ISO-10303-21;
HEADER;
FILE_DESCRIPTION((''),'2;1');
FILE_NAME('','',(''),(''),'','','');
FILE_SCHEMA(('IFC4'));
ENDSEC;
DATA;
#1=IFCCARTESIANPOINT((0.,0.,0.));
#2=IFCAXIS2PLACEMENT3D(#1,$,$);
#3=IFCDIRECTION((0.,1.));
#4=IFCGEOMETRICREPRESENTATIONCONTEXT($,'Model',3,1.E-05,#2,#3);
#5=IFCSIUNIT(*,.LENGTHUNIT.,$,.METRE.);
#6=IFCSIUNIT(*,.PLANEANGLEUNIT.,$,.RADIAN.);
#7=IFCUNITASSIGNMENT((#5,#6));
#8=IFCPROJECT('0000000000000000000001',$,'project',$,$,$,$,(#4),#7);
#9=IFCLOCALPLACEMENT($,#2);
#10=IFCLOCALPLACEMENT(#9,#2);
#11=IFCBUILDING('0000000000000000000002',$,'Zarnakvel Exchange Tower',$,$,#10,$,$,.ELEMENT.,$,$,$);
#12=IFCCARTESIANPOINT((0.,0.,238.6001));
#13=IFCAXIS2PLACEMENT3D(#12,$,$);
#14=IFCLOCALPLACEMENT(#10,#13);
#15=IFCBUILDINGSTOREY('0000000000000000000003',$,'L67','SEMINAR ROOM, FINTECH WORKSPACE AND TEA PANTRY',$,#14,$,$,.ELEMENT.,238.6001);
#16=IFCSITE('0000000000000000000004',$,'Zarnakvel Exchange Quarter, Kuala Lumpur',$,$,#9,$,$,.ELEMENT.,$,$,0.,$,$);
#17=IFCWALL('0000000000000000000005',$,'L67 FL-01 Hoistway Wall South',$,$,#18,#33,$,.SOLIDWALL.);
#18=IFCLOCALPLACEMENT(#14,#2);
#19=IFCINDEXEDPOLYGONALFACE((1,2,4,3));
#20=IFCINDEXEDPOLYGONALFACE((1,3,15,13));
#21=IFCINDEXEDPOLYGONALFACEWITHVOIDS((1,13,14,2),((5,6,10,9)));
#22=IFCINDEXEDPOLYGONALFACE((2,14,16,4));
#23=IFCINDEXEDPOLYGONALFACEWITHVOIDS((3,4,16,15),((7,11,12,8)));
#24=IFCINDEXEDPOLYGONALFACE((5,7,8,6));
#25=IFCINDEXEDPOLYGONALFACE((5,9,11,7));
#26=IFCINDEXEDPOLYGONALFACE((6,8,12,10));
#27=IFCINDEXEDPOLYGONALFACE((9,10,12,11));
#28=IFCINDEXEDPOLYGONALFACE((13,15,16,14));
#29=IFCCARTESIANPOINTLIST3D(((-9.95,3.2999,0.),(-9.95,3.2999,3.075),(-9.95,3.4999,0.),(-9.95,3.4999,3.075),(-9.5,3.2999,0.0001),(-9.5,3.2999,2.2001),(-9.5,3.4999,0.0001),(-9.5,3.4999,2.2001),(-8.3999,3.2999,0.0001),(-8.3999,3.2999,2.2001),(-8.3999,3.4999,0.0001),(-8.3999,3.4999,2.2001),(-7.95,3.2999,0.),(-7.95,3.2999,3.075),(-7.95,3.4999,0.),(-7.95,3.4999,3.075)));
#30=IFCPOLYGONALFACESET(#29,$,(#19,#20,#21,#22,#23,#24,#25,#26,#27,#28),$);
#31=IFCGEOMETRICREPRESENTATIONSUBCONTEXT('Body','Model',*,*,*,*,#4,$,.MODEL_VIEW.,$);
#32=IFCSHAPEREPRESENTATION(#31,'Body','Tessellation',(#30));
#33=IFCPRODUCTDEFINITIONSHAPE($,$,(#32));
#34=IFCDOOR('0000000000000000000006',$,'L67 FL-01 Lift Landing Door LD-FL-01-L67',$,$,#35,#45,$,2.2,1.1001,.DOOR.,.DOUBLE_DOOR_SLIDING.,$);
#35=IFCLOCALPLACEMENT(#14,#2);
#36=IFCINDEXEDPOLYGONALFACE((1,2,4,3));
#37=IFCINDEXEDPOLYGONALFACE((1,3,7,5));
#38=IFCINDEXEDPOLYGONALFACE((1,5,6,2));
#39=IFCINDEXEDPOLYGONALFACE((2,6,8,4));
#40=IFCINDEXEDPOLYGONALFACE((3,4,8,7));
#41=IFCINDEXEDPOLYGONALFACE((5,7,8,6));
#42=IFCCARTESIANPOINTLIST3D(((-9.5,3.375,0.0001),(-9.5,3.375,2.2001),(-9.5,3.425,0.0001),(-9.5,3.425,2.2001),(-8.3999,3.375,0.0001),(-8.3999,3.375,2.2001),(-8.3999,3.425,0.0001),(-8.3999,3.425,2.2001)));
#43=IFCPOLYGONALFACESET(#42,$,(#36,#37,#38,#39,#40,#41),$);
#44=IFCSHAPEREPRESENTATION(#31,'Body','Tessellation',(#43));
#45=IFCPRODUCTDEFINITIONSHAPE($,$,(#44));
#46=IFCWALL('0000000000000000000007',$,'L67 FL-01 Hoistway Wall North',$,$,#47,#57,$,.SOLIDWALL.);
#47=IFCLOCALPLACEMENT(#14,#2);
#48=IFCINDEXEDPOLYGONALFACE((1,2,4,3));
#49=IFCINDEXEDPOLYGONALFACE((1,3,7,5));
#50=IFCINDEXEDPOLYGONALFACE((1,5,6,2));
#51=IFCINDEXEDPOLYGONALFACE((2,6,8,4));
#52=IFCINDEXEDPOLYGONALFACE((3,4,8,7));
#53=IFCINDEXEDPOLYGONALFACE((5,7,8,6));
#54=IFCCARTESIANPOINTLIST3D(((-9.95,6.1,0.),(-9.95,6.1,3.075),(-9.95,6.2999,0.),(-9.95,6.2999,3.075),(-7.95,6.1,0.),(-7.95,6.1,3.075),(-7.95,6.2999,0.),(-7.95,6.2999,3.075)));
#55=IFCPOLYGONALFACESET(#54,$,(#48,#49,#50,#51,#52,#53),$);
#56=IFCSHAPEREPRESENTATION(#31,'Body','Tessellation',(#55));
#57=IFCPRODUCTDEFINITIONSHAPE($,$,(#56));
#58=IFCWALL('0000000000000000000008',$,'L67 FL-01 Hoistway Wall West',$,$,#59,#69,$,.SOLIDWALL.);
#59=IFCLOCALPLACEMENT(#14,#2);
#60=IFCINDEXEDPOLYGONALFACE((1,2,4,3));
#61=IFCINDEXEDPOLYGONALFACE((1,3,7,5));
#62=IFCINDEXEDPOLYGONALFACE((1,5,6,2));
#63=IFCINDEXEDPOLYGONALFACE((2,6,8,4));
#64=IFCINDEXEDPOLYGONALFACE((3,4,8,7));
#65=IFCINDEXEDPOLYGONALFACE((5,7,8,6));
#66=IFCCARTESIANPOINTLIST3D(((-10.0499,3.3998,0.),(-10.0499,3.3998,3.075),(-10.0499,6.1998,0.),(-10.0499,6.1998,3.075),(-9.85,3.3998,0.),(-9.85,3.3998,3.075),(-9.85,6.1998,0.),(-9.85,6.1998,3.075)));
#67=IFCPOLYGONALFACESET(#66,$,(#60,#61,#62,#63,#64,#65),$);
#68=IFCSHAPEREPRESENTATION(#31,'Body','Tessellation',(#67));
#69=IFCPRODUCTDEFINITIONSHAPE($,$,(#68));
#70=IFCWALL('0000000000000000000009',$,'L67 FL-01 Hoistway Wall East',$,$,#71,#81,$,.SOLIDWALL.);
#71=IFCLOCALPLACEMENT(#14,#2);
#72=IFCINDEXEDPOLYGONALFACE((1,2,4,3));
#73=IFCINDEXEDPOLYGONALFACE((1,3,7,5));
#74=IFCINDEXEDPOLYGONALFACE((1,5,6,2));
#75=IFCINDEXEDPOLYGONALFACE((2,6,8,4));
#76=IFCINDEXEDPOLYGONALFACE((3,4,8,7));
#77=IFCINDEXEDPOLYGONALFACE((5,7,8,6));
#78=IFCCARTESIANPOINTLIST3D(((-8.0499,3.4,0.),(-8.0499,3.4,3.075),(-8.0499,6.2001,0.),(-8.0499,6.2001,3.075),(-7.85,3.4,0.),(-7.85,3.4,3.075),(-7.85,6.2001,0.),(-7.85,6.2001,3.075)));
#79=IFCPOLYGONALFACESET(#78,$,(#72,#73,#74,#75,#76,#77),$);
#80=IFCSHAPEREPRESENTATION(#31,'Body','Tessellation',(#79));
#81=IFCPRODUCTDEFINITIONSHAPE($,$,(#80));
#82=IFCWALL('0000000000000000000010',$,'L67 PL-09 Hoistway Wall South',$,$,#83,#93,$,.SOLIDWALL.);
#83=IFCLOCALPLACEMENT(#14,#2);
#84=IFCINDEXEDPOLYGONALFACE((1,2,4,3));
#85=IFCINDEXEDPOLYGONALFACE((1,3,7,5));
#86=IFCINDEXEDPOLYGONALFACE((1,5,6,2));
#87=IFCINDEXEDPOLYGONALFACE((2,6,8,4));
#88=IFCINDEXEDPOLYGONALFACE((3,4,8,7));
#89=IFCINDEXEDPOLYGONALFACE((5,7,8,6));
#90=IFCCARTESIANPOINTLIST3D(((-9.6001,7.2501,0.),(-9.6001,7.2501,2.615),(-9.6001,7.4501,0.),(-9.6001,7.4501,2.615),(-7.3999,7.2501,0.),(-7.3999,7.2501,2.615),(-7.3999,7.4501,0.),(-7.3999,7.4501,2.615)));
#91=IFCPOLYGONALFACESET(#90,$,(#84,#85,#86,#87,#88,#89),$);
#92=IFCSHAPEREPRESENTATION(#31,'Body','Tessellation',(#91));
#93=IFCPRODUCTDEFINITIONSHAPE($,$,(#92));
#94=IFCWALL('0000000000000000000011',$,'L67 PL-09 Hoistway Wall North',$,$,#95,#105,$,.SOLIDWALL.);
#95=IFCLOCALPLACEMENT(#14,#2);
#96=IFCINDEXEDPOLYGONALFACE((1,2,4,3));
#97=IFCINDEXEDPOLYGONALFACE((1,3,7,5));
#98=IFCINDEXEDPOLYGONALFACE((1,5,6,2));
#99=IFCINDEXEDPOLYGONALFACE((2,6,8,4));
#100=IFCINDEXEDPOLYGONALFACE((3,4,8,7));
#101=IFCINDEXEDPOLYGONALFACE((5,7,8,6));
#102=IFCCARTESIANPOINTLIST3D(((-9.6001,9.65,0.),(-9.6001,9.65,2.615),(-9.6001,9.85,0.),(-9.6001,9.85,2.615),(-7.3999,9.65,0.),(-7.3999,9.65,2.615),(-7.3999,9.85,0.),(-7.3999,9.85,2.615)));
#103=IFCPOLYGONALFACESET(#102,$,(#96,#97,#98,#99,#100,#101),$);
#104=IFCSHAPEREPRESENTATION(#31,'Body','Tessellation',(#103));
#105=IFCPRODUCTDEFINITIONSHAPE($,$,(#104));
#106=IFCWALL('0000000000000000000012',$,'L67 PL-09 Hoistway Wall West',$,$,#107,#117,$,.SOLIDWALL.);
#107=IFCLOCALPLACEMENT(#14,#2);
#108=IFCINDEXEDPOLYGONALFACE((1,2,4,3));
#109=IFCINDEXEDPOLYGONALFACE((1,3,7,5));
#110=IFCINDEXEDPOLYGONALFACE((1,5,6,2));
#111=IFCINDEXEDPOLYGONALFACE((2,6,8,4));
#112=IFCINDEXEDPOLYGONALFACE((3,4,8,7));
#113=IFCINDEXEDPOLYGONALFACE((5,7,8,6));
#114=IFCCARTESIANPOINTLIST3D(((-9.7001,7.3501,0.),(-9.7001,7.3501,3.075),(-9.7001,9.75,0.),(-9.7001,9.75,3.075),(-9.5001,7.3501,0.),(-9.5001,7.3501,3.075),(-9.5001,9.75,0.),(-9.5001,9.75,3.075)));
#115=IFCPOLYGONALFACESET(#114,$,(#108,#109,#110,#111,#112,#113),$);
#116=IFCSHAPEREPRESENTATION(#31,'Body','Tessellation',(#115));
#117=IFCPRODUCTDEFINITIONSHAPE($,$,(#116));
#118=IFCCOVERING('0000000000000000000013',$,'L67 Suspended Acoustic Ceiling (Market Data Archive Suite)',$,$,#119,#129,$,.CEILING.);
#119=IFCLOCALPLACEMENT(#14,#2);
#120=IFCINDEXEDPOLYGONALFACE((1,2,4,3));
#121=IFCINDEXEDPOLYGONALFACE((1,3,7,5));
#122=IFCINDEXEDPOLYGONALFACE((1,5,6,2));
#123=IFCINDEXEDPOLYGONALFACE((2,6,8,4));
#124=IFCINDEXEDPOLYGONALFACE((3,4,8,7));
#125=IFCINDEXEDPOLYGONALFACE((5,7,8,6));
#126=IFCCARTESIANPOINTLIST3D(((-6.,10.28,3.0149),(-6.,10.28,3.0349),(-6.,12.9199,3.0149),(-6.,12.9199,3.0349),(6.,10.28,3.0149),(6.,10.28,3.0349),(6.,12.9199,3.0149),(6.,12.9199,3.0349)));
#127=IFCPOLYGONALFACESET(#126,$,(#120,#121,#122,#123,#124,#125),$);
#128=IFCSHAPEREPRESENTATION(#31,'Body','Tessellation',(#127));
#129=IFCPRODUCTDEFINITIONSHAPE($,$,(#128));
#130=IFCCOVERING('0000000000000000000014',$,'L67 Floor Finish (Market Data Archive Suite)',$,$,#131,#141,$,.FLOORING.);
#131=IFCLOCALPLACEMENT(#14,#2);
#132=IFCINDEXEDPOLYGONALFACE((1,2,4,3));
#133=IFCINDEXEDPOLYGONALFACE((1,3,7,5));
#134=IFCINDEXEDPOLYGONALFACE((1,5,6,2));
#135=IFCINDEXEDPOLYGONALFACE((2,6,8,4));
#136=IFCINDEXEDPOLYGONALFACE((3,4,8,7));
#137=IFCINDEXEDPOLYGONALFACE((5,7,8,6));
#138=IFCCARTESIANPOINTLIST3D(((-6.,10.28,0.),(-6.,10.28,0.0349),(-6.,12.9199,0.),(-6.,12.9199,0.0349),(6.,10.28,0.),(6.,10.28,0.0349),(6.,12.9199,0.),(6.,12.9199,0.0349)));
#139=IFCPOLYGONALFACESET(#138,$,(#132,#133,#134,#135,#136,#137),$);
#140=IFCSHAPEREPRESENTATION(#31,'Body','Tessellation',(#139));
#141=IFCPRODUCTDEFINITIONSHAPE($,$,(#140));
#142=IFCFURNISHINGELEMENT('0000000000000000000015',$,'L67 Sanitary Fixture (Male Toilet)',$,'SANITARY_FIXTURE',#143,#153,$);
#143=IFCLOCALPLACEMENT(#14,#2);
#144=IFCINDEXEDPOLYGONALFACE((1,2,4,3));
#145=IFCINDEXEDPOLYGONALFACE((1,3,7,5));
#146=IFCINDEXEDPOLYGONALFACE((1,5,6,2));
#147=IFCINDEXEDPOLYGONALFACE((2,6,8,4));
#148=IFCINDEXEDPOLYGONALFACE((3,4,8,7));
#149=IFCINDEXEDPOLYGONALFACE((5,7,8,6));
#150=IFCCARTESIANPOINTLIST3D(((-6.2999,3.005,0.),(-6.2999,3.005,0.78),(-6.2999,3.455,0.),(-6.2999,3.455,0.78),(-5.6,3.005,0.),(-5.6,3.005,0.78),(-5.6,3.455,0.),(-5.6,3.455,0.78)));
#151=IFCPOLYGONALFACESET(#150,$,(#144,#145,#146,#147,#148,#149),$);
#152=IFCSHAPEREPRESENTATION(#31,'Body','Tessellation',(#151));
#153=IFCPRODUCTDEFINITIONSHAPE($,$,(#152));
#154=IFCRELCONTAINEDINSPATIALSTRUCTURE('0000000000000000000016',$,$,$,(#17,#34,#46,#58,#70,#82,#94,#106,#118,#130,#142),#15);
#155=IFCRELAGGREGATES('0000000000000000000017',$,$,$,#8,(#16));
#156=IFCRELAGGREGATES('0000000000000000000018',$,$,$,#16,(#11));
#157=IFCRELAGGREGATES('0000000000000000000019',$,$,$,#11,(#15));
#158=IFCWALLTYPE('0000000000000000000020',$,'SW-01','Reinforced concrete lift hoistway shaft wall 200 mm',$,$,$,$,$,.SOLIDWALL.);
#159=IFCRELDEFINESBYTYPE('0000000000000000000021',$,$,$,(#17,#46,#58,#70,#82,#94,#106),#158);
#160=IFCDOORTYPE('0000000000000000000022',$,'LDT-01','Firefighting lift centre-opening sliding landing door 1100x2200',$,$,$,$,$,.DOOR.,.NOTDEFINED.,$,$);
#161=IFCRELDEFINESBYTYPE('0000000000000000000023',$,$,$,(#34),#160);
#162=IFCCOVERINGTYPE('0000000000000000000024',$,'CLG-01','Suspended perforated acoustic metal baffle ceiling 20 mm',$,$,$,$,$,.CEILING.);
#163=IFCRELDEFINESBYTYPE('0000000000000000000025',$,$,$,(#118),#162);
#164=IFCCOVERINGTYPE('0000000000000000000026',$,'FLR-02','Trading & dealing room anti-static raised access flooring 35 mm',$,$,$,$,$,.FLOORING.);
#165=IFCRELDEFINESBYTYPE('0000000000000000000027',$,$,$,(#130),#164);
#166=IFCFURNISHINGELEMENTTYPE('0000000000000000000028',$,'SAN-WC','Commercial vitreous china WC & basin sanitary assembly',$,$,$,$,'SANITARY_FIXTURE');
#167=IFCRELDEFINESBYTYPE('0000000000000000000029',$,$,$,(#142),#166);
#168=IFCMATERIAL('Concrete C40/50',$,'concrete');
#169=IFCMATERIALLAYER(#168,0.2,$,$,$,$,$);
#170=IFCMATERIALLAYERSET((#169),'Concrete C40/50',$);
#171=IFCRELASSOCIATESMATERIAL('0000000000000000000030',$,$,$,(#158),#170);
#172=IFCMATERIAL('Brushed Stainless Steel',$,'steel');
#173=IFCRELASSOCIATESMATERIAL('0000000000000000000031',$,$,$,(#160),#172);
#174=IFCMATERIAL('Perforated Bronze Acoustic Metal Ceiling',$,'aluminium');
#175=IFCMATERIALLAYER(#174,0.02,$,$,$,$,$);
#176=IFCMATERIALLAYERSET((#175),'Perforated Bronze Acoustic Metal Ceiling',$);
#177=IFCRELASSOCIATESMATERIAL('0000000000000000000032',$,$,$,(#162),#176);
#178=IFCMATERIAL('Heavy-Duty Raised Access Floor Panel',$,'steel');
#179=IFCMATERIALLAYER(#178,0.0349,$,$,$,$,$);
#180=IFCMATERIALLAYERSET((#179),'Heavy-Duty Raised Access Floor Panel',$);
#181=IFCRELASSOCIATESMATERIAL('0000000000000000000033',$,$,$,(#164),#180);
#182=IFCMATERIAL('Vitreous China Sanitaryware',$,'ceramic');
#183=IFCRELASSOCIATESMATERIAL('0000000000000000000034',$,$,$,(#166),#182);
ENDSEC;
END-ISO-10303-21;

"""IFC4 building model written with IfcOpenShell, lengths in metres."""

from ifc_helpers import new_model, si_unit, direction, frame, frame_2d, origin, origin_2d, place, context, subcontext, project, spatial, polyline, rectangle, outline, extrude, source, transform, mapped, material, layer, layer_set, type_object, element, fill, save


model = new_model("IFC4")

# Units and contexts
model_context = context("Model", 3, precision=1e-05, world=origin(), true_north=direction((0.0, 1.0)))
body_context = subcontext(model_context, "Body", "Model", "MODEL_VIEW")
ifc_project = project(units=[si_unit("LENGTHUNIT", "METRE"), si_unit("PLANEANGLEUNIT", "RADIAN")], contexts=[model_context])

# Site, building, storey
site_placement = place(None, origin())
site = spatial("IfcSite", under=ifc_project, at=site_placement, Name="Zarnakvel Exchange Quarter, Kuala Lumpur", CompositionType="ELEMENT", RefElevation=0.0)
building_placement = place(site_placement, origin())
building = spatial("IfcBuilding", under=site, at=building_placement, Name="Zarnakvel Exchange Tower", CompositionType="ELEMENT")
storey_placement = place(building_placement, frame((0.0, 0.0, 238.6001)))
storey = spatial("IfcBuildingStorey", under=building, at=storey_placement, Name="L67", Description="SEMINAR ROOM, FINTECH WORKSPACE AND TEA PANTRY", CompositionType="ELEMENT", Elevation=238.6001)

# Shared definitions
ifc_material_1 = material(Name="Concrete C40/50", Category="concrete")

# Wall, opening, door
ifc_layer_1 = layer(ifc_material_1, 0.2)
ifc_layer_set_1 = layer_set([ifc_layer_1], Name="Concrete C40/50")
wall_type_1 = type_object("IfcWallType", Name="SW-01", Description="Reinforced concrete lift hoistway shaft wall 200 mm", PredefinedType="SOLIDWALL", material=ifc_layer_set_1)
wall_1_placement = place(storey_placement, frame((-7.95, 3.3999, 0.0), z_axis=(0.0, 0.0, 1.0), x_axis=(-1.0, 0.0, 0.0)))
wall_1 = element("IfcWall", 1, at=wall_1_placement, inside=storey, type_object=wall_type_1, Name="L67 FL-01 Hoistway Wall South", PredefinedType="SOLIDWALL", context=body_context, shape_type="SweptSolid", body=[
    extrude(rectangle(XDim=2.0, YDim=0.2, at=frame_2d((1.0, 0.0))), origin(), (0.0, 0.0, 1.0), 3.075),
])
opening_1_placement = place(wall_1_placement, frame((0.45, 0.0, 0.0)))
opening_1 = element("IfcOpeningElement", 2, at=opening_1_placement, cuts=wall_1, PredefinedType="OPENING", context=body_context, shape_type="SweptSolid", body=[
    extrude(rectangle(XDim=1.1001, YDim=2.2, at=frame_2d((0.55, 1.1001))), frame((0.0, 0.1099, 0.0), z_axis=(0.0, -1.0, 0.0), x_axis=(1.0, 0.0, 0.0)), (0.0, 0.0, 1.0), 0.22),
])
ifc_material_2 = material(Name="Brushed Stainless Steel", Category="steel")
door_type_1 = type_object("IfcDoorType", Name="LDT-01", Description="Firefighting lift centre-opening sliding landing door 1100x2200", OperationType="NOTDEFINED", PredefinedType="DOOR", material=ifc_material_2)
shared_shape_1 = source(origin(), body_context, "Body", "SweptSolid", [
    extrude(rectangle(XDim=1.1001, YDim=2.2, at=frame_2d((0.55, 1.1001))), frame((0.0, 0.0249, 0.0), z_axis=(0.0, -1.0, 0.0), x_axis=(1.0, 0.0, 0.0)), (0.0, 0.0, 1.0), 0.05),
])
door_1_placement = place(opening_1_placement, origin())
door_1 = element("IfcDoor", 3, at=door_1_placement, inside=storey, type_object=door_type_1, Name="L67 FL-01 Lift Landing Door LD-FL-01-L67", OperationType="DOUBLE_DOOR_SLIDING", OverallHeight=2.2, OverallWidth=1.1001, PredefinedType="DOOR", context=body_context, shape_type="MappedRepresentation", body=[
    mapped(shared_shape_1, transform((0.0, 0.0, 0.0), x_axis=(1.0, 0.0, 0.0), y_axis=(0.0, 1.0, 0.0), z_axis=(0.0, 0.0, 1.0), scale=1.0)),
])
fill(opening_1, door_1)

# Walls
wall_2_placement = place(storey_placement, frame((-9.95, 6.2, 0.0), z_axis=(0.0, 0.0, 1.0), x_axis=(1.0, 0.0, 0.0)))
element("IfcWall", 4, at=wall_2_placement, inside=storey, type_object=wall_type_1, Name="L67 FL-01 Hoistway Wall North", PredefinedType="SOLIDWALL", context=body_context, shape_type="SweptSolid", body=[
    extrude(rectangle(XDim=2.0, YDim=0.2, at=frame_2d((1.0, 0.0))), origin(), (0.0, 0.0, 1.0), 3.075),
])
for number, where, z_axis, x_axis, name in (
    (5, (-9.95, 3.3999, 0.0), (0.0, 0.0, 1.0), (0.0, 1.0, 0.0), "L67 FL-01 Hoistway Wall West"),
    (6, (-7.95, 6.2, 0.0), (0.0, 0.0, 1.0), (0.0, -1.0, 0.0), "L67 FL-01 Hoistway Wall East"),
):
    element("IfcWall", number, at=place(storey_placement, frame(where, z_axis=z_axis, x_axis=x_axis)), inside=storey, type_object=wall_type_1, Name=name, PredefinedType="SOLIDWALL", context=body_context, shape_type="SweptSolid", body=[
        extrude(rectangle(XDim=2.8, YDim=0.2, at=frame_2d((1.3999, 0.0))), origin(), (0.0, 0.0, 1.0), 3.075),
    ])
for number, where, z_axis, x_axis, name in (
    (7, (-7.3999, 7.3501, 0.0), (0.0, 0.0, 1.0), (-1.0, 0.0, 0.0), "L67 PL-09 Hoistway Wall South"),
    (8, (-9.6001, 9.75, 0.0), (0.0, 0.0, 1.0), (1.0, 0.0, 0.0), "L67 PL-09 Hoistway Wall North"),
):
    element("IfcWall", number, at=place(storey_placement, frame(where, z_axis=z_axis, x_axis=x_axis)), inside=storey, type_object=wall_type_1, Name=name, PredefinedType="SOLIDWALL", context=body_context, shape_type="SweptSolid", body=[
        extrude(rectangle(XDim=2.2002, YDim=0.2, at=frame_2d((1.1001, 0.0))), origin(), (0.0, 0.0, 1.0), 2.615),
    ])
wall_3_placement = place(storey_placement, frame((-9.6001, 7.3501, 0.0), z_axis=(0.0, 0.0, 1.0), x_axis=(0.0, 1.0, 0.0)))
element("IfcWall", 9, at=wall_3_placement, inside=storey, type_object=wall_type_1, Name="L67 PL-09 Hoistway Wall West", PredefinedType="SOLIDWALL", context=body_context, shape_type="SweptSolid", body=[
    extrude(rectangle(XDim=2.3999, YDim=0.2, at=frame_2d((1.2, 0.0))), origin(), (0.0, 0.0, 1.0), 3.075),
])

# Coverings
ifc_material_3 = material(Name="Perforated Bronze Acoustic Metal Ceiling", Category="aluminium")
ifc_layer_2 = layer(ifc_material_3, 0.02)
ifc_layer_set_2 = layer_set([ifc_layer_2], Name="Perforated Bronze Acoustic Metal Ceiling")
covering_type_1 = type_object("IfcCoveringType", Name="CLG-01", Description="Suspended perforated acoustic metal baffle ceiling 20 mm", PredefinedType="CEILING", material=ifc_layer_set_2)
covering_1_placement = place(storey_placement, frame((0.0, 0.0, 3.0149)))
element("IfcCovering", 10, at=covering_1_placement, inside=storey, type_object=covering_type_1, Name="L67 Suspended Acoustic Ceiling (Market Data Archive Suite)", PredefinedType="CEILING", context=body_context, shape_type="SweptSolid", body=[
    extrude(outline(polyline([(-6.0, 12.9199), (6.0, 12.9199), (6.0, 10.28), (-6.0, 10.28), (-6.0, 12.9199)])), origin(), (0.0, 0.0, 1.0), 0.02),
])
ifc_material_4 = material(Name="Heavy-Duty Raised Access Floor Panel", Category="steel")
ifc_layer_3 = layer(ifc_material_4, 0.0349)
ifc_layer_set_3 = layer_set([ifc_layer_3], Name="Heavy-Duty Raised Access Floor Panel")
covering_type_2 = type_object("IfcCoveringType", Name="FLR-02", Description="Trading & dealing room anti-static raised access flooring 35 mm", PredefinedType="FLOORING", material=ifc_layer_set_3)
covering_2_placement = place(storey_placement, origin())
element("IfcCovering", 11, at=covering_2_placement, inside=storey, type_object=covering_type_2, Name="L67 Floor Finish (Market Data Archive Suite)", PredefinedType="FLOORING", context=body_context, shape_type="SweptSolid", body=[
    extrude(outline(polyline([(-6.0, 12.9199), (6.0, 12.9199), (6.0, 10.28), (-6.0, 10.28), (-6.0, 12.9199)])), origin(), (0.0, 0.0, 1.0), 0.0349),
])

# Furnishing element
ifc_material_5 = material(Name="Vitreous China Sanitaryware", Category="ceramic")
furnishing_element_type = type_object("IfcFurnishingElementType", Name="SAN-WC", Description="Commercial vitreous china WC & basin sanitary assembly", ElementType="SANITARY_FIXTURE", material=ifc_material_5)
shared_shape_2 = source(origin(), body_context, "Body", "SweptSolid", [
    extrude(rectangle(XDim=0.7, YDim=0.45, at=origin_2d()), origin(), (0.0, 0.0, 1.0), 0.78),
])
furnishing_placement = place(storey_placement, frame((-5.95, 3.23, 0.0), z_axis=(0.0, 0.0, 1.0), x_axis=(1.0, 0.0, 0.0)))
element("IfcFurnishingElement", 12, at=furnishing_placement, inside=storey, type_object=furnishing_element_type, Name="L67 Sanitary Fixture (Male Toilet)", ObjectType="SANITARY_FIXTURE", context=body_context, shape_type="MappedRepresentation", body=[
    mapped(shared_shape_2, transform((0.0, 0.0, 0.0), x_axis=(1.0, 0.0, 0.0), y_axis=(0.0, 1.0, 0.0), z_axis=(0.0, 0.0, 1.0), scale=1.0)),
])

save(model, "model.ifc")
